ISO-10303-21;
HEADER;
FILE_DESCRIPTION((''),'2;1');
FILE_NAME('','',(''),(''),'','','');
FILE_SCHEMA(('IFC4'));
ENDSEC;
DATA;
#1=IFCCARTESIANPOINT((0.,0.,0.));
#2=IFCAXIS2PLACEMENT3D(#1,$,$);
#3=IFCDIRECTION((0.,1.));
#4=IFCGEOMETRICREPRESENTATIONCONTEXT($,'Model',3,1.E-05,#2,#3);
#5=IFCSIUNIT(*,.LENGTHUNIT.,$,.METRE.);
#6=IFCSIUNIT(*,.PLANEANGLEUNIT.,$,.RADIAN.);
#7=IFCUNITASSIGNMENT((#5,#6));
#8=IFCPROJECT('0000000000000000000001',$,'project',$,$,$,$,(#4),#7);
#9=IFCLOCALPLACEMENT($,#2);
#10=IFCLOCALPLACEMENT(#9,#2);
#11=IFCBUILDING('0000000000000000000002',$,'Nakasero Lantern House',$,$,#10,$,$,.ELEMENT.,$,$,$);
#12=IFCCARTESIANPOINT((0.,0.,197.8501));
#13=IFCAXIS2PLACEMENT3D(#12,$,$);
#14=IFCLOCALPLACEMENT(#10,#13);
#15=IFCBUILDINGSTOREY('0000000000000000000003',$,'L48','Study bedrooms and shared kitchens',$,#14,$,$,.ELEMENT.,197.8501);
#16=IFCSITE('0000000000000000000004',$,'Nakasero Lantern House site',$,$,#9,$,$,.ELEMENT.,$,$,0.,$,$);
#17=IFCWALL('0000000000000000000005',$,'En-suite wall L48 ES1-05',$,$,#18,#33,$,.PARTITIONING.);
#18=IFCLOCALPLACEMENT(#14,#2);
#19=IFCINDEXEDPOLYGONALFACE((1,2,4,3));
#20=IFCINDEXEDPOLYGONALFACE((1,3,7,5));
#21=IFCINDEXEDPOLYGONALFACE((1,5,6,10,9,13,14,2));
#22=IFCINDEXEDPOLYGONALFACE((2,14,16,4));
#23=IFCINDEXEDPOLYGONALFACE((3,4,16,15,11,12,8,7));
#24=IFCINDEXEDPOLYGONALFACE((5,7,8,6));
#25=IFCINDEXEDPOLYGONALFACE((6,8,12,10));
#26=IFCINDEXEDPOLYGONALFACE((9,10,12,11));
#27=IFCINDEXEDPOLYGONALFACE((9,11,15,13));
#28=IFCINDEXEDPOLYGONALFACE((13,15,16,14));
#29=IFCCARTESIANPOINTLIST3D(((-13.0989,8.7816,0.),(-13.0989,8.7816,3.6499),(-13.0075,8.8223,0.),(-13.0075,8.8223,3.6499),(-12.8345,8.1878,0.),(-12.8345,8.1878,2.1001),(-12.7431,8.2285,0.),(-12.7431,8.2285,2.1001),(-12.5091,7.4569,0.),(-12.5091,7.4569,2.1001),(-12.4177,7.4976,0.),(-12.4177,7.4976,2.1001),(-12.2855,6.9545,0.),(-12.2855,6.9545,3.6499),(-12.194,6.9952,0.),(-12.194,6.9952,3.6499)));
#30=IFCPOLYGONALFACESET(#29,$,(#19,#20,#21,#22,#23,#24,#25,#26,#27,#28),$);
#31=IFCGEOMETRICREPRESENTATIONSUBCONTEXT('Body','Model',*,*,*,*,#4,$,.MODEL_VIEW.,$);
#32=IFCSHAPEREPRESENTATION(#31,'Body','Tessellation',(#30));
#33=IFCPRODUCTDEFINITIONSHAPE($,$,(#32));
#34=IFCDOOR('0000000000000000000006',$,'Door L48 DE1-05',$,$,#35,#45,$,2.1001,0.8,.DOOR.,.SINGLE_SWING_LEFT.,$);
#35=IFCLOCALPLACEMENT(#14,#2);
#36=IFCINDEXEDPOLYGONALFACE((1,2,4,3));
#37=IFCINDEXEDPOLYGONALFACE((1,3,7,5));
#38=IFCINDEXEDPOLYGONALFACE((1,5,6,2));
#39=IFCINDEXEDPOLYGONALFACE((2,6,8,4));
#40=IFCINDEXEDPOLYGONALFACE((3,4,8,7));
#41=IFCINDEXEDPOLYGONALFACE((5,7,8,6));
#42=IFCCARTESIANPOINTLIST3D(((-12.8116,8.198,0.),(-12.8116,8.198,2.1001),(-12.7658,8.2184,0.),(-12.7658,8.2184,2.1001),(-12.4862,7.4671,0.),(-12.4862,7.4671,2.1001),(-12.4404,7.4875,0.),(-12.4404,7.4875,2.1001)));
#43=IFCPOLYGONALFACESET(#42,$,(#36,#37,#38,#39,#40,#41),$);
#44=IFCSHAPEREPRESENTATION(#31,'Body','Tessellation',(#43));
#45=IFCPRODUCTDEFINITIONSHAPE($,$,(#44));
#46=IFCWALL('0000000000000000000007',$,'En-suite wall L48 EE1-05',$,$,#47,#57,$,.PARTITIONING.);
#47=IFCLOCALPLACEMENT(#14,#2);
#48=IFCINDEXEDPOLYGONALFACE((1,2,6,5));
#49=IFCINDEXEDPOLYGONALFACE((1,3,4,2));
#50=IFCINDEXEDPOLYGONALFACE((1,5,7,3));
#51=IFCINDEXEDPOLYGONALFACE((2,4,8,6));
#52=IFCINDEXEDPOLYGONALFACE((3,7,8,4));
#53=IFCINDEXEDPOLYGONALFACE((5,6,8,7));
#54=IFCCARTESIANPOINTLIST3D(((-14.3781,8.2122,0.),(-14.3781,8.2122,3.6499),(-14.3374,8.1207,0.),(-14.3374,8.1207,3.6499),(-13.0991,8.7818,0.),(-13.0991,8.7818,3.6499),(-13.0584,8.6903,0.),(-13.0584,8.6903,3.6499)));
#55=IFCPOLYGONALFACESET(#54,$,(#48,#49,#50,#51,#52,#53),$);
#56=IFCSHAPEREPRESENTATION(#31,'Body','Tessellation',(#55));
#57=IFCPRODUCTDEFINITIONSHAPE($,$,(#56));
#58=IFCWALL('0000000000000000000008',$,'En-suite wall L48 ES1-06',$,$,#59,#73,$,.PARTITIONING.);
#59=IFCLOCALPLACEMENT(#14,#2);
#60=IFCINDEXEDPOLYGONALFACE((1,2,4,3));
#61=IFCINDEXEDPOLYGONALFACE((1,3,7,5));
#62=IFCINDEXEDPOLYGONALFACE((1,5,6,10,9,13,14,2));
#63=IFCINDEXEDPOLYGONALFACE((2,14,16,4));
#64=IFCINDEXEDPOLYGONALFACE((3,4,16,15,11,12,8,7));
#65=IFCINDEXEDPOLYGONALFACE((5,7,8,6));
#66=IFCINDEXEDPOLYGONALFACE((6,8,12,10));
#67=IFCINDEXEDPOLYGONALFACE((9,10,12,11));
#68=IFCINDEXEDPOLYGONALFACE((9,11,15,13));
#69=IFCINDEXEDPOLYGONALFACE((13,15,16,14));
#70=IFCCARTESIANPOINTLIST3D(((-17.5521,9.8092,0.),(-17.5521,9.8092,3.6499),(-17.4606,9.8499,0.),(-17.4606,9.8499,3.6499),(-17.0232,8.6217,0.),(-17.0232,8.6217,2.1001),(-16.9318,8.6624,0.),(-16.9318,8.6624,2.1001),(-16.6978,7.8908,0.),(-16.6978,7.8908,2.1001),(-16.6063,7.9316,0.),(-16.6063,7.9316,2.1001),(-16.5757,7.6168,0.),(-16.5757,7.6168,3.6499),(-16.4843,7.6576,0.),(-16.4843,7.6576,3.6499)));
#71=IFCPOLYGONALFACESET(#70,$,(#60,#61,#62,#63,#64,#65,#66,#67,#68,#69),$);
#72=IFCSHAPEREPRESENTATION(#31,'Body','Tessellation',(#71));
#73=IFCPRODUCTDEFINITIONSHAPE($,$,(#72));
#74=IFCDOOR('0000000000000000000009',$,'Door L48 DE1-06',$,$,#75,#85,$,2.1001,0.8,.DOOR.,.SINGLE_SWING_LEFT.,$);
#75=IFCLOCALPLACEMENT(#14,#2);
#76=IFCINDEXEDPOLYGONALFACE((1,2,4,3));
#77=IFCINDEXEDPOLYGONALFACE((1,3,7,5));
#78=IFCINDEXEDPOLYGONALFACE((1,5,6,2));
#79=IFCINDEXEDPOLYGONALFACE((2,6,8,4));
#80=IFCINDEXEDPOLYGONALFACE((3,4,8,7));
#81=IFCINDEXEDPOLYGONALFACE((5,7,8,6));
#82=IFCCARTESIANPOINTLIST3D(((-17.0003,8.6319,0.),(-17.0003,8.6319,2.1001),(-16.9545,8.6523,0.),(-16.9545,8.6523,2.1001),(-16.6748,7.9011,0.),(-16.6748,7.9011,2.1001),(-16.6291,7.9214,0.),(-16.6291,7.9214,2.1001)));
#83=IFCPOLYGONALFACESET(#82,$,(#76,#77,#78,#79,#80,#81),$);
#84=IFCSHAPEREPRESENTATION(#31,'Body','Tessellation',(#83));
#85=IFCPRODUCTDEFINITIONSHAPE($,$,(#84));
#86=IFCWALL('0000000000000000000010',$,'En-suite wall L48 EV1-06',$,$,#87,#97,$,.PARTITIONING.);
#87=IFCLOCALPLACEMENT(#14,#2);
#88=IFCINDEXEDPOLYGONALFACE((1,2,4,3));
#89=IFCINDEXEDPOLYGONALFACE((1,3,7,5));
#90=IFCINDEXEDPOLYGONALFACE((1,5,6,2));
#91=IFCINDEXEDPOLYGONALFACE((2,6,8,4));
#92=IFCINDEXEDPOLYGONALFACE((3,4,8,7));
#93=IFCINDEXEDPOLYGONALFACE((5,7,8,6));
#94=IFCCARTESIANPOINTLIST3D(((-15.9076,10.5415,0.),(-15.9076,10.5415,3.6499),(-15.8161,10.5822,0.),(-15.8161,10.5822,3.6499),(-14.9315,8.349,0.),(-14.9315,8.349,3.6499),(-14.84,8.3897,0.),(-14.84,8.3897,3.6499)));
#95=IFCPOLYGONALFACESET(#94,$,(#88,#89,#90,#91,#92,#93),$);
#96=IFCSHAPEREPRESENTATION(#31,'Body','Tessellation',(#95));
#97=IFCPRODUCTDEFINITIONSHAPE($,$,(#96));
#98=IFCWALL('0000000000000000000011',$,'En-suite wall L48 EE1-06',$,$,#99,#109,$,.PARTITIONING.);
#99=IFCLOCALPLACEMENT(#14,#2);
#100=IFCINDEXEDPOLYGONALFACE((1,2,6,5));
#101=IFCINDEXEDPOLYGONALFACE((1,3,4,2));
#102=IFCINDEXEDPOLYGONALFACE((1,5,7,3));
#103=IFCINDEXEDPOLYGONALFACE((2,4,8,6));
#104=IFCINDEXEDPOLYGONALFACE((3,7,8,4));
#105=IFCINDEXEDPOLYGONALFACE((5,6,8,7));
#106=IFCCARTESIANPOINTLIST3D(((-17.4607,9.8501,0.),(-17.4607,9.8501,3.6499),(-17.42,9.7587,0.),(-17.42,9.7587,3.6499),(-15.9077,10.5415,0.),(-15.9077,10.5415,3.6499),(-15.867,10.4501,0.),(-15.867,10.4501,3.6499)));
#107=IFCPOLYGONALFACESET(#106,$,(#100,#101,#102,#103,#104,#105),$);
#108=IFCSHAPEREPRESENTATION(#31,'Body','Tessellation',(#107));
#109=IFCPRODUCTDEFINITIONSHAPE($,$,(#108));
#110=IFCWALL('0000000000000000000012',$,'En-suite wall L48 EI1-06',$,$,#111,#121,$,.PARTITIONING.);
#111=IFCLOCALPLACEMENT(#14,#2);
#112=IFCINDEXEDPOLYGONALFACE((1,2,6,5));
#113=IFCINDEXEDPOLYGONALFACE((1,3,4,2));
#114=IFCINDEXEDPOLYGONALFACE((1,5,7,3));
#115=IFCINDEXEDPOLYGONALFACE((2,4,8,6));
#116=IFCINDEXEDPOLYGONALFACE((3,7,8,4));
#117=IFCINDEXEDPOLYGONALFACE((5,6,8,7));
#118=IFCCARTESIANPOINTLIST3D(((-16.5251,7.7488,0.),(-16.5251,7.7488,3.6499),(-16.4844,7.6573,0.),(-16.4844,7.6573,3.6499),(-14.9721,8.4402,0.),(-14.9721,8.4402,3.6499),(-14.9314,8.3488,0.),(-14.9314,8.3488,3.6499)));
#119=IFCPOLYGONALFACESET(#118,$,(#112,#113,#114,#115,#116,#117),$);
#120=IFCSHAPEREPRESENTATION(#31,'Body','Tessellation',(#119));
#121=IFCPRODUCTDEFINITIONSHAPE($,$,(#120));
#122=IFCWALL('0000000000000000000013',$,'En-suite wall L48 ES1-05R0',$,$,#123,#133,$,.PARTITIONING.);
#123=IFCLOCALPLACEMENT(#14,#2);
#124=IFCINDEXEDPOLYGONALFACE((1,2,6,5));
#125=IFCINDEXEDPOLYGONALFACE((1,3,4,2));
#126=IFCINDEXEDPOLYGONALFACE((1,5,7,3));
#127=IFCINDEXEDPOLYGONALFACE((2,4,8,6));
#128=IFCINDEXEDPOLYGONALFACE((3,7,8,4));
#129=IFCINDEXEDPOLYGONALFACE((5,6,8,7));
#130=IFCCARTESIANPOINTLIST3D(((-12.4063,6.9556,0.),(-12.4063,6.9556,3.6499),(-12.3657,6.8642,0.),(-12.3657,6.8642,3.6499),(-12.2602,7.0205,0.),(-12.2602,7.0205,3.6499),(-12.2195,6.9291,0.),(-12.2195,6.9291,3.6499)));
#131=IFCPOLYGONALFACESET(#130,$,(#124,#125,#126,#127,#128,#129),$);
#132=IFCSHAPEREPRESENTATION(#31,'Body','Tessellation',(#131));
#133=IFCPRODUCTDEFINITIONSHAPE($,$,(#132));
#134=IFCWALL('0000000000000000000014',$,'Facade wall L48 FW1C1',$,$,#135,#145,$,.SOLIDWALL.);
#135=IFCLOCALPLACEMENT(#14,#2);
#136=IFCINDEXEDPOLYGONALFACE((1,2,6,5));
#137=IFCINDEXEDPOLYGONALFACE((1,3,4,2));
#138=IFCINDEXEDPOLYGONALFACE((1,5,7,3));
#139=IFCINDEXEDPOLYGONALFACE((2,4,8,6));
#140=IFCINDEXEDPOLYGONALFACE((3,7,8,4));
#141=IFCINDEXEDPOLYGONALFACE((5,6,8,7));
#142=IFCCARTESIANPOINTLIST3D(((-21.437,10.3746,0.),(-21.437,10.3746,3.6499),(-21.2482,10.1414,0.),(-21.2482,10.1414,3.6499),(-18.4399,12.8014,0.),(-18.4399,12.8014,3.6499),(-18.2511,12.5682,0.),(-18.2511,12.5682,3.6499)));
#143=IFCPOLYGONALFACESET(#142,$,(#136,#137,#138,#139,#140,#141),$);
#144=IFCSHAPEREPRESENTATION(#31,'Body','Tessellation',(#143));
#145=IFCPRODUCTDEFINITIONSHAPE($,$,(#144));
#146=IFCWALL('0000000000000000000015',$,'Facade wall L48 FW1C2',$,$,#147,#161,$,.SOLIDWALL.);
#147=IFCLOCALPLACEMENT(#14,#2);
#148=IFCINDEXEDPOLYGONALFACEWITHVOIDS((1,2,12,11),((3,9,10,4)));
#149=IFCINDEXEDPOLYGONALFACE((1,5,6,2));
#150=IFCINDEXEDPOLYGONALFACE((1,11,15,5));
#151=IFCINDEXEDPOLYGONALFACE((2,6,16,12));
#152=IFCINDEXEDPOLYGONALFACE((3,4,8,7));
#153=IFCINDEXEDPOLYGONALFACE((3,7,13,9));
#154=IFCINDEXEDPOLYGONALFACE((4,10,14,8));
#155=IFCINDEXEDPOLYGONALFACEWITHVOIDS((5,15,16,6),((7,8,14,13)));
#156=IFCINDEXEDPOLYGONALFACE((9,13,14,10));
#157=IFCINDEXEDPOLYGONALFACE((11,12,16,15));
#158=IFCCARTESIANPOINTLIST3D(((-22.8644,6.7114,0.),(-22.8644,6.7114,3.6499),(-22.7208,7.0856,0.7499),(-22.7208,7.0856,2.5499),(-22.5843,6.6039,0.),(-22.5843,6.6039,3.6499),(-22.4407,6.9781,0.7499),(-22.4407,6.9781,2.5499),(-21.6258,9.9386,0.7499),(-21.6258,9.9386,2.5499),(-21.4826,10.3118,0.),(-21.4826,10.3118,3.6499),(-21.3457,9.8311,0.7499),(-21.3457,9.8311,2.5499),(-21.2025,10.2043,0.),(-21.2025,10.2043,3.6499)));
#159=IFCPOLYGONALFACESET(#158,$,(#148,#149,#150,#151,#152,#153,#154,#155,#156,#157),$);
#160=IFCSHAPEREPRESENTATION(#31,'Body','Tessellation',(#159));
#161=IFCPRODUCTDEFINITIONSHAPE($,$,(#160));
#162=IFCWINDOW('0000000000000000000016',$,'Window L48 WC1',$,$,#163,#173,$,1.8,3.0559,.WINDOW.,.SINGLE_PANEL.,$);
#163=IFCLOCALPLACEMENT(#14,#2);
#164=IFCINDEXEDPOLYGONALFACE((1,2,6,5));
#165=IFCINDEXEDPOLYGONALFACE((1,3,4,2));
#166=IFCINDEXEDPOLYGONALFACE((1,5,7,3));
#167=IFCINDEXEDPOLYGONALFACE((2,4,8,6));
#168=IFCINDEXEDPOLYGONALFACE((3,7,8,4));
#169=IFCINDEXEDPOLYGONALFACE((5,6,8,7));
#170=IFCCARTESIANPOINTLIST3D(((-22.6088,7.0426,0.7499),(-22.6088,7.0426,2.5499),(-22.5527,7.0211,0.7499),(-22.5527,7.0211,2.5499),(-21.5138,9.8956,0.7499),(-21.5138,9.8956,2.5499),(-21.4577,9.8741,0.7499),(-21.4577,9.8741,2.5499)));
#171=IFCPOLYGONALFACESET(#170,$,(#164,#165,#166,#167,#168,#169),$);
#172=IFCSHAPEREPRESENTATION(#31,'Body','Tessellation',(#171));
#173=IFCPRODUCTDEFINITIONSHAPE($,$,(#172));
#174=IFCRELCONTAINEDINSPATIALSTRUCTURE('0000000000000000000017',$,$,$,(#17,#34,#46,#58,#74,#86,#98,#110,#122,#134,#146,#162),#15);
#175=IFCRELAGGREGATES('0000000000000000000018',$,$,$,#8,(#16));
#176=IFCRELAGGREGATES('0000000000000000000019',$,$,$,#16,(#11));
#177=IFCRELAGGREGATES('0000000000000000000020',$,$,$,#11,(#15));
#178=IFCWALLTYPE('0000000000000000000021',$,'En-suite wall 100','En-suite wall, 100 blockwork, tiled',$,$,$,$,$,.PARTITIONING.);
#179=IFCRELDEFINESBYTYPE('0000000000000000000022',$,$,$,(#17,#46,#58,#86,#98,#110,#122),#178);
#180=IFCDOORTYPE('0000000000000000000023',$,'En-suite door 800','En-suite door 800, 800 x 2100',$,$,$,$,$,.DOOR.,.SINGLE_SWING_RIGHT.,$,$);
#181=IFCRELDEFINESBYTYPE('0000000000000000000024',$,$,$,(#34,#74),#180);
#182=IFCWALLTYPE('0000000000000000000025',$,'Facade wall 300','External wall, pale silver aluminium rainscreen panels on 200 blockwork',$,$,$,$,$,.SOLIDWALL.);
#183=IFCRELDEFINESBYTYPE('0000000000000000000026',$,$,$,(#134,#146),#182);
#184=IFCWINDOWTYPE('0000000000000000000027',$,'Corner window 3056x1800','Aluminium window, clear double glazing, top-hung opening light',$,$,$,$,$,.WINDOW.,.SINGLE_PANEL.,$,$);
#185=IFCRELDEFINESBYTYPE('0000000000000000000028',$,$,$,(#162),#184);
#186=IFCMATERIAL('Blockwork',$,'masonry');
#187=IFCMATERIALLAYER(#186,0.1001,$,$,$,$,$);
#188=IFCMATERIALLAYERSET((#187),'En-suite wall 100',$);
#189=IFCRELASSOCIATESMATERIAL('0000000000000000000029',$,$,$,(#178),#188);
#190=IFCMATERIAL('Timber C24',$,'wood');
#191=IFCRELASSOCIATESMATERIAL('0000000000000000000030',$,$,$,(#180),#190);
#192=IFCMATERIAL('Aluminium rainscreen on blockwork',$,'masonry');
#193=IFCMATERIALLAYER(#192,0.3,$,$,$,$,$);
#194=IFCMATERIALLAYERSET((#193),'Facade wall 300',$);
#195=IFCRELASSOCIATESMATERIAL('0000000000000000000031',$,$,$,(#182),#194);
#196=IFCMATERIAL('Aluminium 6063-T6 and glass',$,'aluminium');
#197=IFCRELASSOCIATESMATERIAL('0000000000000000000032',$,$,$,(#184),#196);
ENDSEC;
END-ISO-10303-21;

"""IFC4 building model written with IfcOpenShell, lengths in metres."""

from ifc_helpers import new_model, si_unit, direction, frame, frame_2d, origin, place, context, subcontext, project, spatial, rectangle, extrude, material, layer, layer_set, type_object, element, fill, save


model = new_model("IFC4")

# Units and contexts
model_context = context("Model", 3, precision=1e-05, world=origin(), true_north=direction((0.0, 1.0)))
body_context = subcontext(model_context, "Body", "Model", "MODEL_VIEW")
ifc_project = project(units=[si_unit("LENGTHUNIT", "METRE"), si_unit("PLANEANGLEUNIT", "RADIAN")], contexts=[model_context])

# Site, building, storey
site_placement = place(None, origin())
site = spatial("IfcSite", under=ifc_project, at=site_placement, Name="Nakasero Lantern House site", CompositionType="ELEMENT", RefElevation=0.0)
building_placement = place(site_placement, origin())
building = spatial("IfcBuilding", under=site, at=building_placement, Name="Nakasero Lantern House", CompositionType="ELEMENT")
storey_placement = place(building_placement, frame((0.0, 0.0, 197.8501)))
storey = spatial("IfcBuildingStorey", under=building, at=storey_placement, Name="L48", Description="Study bedrooms and shared kitchens", CompositionType="ELEMENT", Elevation=197.8501)

# Wall, opening, door
ifc_material_1 = material(Name="Blockwork", Category="masonry")
ifc_layer_1 = layer(ifc_material_1, 0.1001)
ifc_layer_set_1 = layer_set([ifc_layer_1], Name="En-suite wall 100")
wall_type_1 = type_object("IfcWallType", Name="En-suite wall 100", Description="En-suite wall, 100 blockwork, tiled", PredefinedType="PARTITIONING", material=ifc_layer_set_1)
wall_1_placement = place(storey_placement, frame((-12.2397, 6.9749, 0.0), z_axis=(0.0, 0.0, 1.0), x_axis=(-0.406727, 0.91355, 0.0)))
wall_1 = element("IfcWall", 1, at=wall_1_placement, inside=storey, type_object=wall_type_1, Name="En-suite wall L48 ES1-05", PredefinedType="PARTITIONING", context=body_context, shape_type="SweptSolid", body=[
    extrude(rectangle(XDim=2.0, YDim=0.1001, at=frame_2d((1.0, 0.0))), origin(), (0.0, 0.0, 1.0), 3.6499),
])
opening_1_placement = place(wall_1_placement, frame((0.55, 0.0, 0.0)))
opening_1 = element("IfcOpeningElement", 2, at=opening_1_placement, cuts=wall_1, PredefinedType="OPENING", context=body_context, shape_type="SweptSolid", body=[
    extrude(rectangle(XDim=0.8, YDim=2.1001, at=frame_2d((0.3999, 1.05))), frame((0.0, 0.0701, 0.0), z_axis=(0.0, -1.0, 0.0), x_axis=(1.0, 0.0, 0.0)), (0.0, 0.0, 1.0), 0.1401),
])
ifc_material_2 = material(Name="Timber C24", Category="wood")
door_type = type_object("IfcDoorType", Name="En-suite door 800", Description="En-suite door 800, 800 x 2100", OperationType="SINGLE_SWING_RIGHT", PredefinedType="DOOR", material=ifc_material_2)
door_1_placement = place(opening_1_placement, origin())
door_1 = element("IfcDoor", 3, at=door_1_placement, inside=storey, type_object=door_type, Name="Door L48 DE1-05", OperationType="SINGLE_SWING_LEFT", OverallHeight=2.1001, OverallWidth=0.8, PredefinedType="DOOR", context=body_context, shape_type="SweptSolid", body=[
    extrude(rectangle(XDim=0.8, YDim=2.1001, at=frame_2d((0.3999, 1.05))), frame((0.0, 0.0249, 0.0), z_axis=(0.0, -1.0, 0.0), x_axis=(1.0, 0.0, 0.0)), (0.0, 0.0, 1.0), 0.05),
])
fill(opening_1, door_1)

# Wall
wall_2_placement = place(storey_placement, frame((-13.0786, 8.7361, 0.0), z_axis=(0.0, 0.0, 1.0), x_axis=(-0.913516, -0.406802, 0.0)))
element("IfcWall", 4, at=wall_2_placement, inside=storey, type_object=wall_type_1, Name="En-suite wall L48 EE1-05", PredefinedType="PARTITIONING", context=body_context, shape_type="SweptSolid", body=[
    extrude(rectangle(XDim=1.4001, YDim=0.1001, at=frame_2d((0.7002, 0.0))), origin(), (0.0, 0.0, 1.0), 3.6499),
])

# Wall, opening, door
wall_3_placement = place(storey_placement, frame((-16.53, 7.6372, 0.0), z_axis=(0.0, 0.0, 1.0), x_axis=(-0.406809, 0.913513, 0.0)))
wall_3 = element("IfcWall", 5, at=wall_3_placement, inside=storey, type_object=wall_type_1, Name="En-suite wall L48 ES1-06", PredefinedType="PARTITIONING", context=body_context, shape_type="SweptSolid", body=[
    extrude(rectangle(XDim=2.3999, YDim=0.1001, at=frame_2d((1.2, 0.0))), origin(), (0.0, 0.0, 1.0), 3.6499),
])
opening_2_placement = place(wall_3_placement, frame((0.3, 0.0, 0.0)))
opening_2 = element("IfcOpeningElement", 6, at=opening_2_placement, cuts=wall_3, PredefinedType="OPENING", context=body_context, shape_type="SweptSolid", body=[
    extrude(rectangle(XDim=0.8, YDim=2.1001, at=frame_2d((0.3999, 1.05))), frame((0.0, 0.0701, 0.0), z_axis=(0.0, -1.0, 0.0), x_axis=(1.0, 0.0, 0.0)), (0.0, 0.0, 1.0), 0.1401),
])
door_2_placement = place(opening_2_placement, origin())
door_2 = element("IfcDoor", 7, at=door_2_placement, inside=storey, type_object=door_type, Name="Door L48 DE1-06", OperationType="SINGLE_SWING_LEFT", OverallHeight=2.1001, OverallWidth=0.8, PredefinedType="DOOR", context=body_context, shape_type="SweptSolid", body=[
    extrude(rectangle(XDim=0.8, YDim=2.1001, at=frame_2d((0.3999, 1.05))), frame((0.0, 0.0249, 0.0), z_axis=(0.0, -1.0, 0.0), x_axis=(1.0, 0.0, 0.0)), (0.0, 0.0, 1.0), 0.05),
])
fill(opening_2, door_2)

# Walls
wall_4_placement = place(storey_placement, frame((-14.8857, 8.3694, 0.0), z_axis=(0.0, 0.0, 1.0), x_axis=(-0.406724, 0.913551, 0.0)))
element("IfcWall", 8, at=wall_4_placement, inside=storey, type_object=wall_type_1, Name="En-suite wall L48 EV1-06", PredefinedType="PARTITIONING", context=body_context, shape_type="SweptSolid", body=[
    extrude(rectangle(XDim=2.3999, YDim=0.1001, at=frame_2d((1.2, 0.0))), origin(), (0.0, 0.0, 1.0), 3.6499),
])
for number, where, z_axis, x_axis, name in (
    (9, (-15.8872, 10.4958, 0.0), (0.0, 0.0, 1.0), (-0.913551, -0.406725, 0.0), "En-suite wall L48 EE1-06"),
    (10, (-14.9517, 8.3945, 0.0), (0.0, 0.0, 1.0), (-0.913551, -0.406725, 0.0), "En-suite wall L48 EI1-06"),
):
    element("IfcWall", number, at=place(storey_placement, frame(where, z_axis=z_axis, x_axis=x_axis)), inside=storey, type_object=wall_type_1, Name=name, PredefinedType="PARTITIONING", context=body_context, shape_type="SweptSolid", body=[
        extrude(rectangle(XDim=1.7, YDim=0.1001, at=frame_2d((0.8501, 0.0))), origin(), (0.0, 0.0, 1.0), 3.6499),
    ])
wall_5_placement = place(storey_placement, frame((-12.2397, 6.9749, 0.0), z_axis=(0.0, 0.0, 1.0), x_axis=(-0.913937, -0.405855, 0.0)))
element("IfcWall", 11, at=wall_5_placement, inside=storey, type_object=wall_type_1, Name="En-suite wall L48 ES1-05R0", PredefinedType="PARTITIONING", context=body_context, shape_type="SweptSolid", body=[
    extrude(rectangle(XDim=0.1599, YDim=0.1001, at=frame_2d((0.0801, 0.0))), origin(), (0.0, 0.0, 1.0), 3.6499),
])
ifc_material_3 = material(Name="Aluminium rainscreen on blockwork", Category="masonry")
ifc_layer_2 = layer(ifc_material_3, 0.3)
ifc_layer_set_2 = layer_set([ifc_layer_2], Name="Facade wall 300")
wall_type_2 = type_object("IfcWallType", Name="Facade wall 300", Description="External wall, pale silver aluminium rainscreen panels on 200 blockwork", PredefinedType="SOLIDWALL", material=ifc_layer_set_2)
wall_6_placement = place(storey_placement, frame((-18.3455, 12.6848, 0.0), z_axis=(0.0, 0.0, 1.0), x_axis=(-0.777174, -0.629286, 0.0)))
element("IfcWall", 12, at=wall_6_placement, inside=storey, type_object=wall_type_2, Name="Facade wall L48 FW1C1", PredefinedType="SOLIDWALL", context=body_context, shape_type="SweptSolid", body=[
    extrude(rectangle(XDim=3.8564, YDim=0.3, at=frame_2d((1.9282, 0.0))), origin(), (0.0, 0.0, 1.0), 3.6499),
])

# Wall, opening, window
wall_7_placement = place(storey_placement, frame((-21.3425, 10.2581, 0.0), z_axis=(0.0, 0.0, 1.0), x_axis=(-0.358321, -0.933598, 0.0)))
wall_7 = element("IfcWall", 13, at=wall_7_placement, inside=storey, type_object=wall_type_2, Name="Facade wall L48 FW1C2", PredefinedType="SOLIDWALL", context=body_context, shape_type="SweptSolid", body=[
    extrude(rectangle(XDim=3.8564, YDim=0.3, at=frame_2d((1.9282, 0.0))), origin(), (0.0, 0.0, 1.0), 3.6499),
])
opening_3_placement = place(wall_7_placement, frame((0.3999, 0.0, 0.75)))
opening_3 = element("IfcOpeningElement", 14, at=opening_3_placement, cuts=wall_7, PredefinedType="OPENING", context=body_context, shape_type="SweptSolid", body=[
    extrude(rectangle(XDim=3.0559, YDim=1.8, at=frame_2d((1.5278, 0.8999))), frame((0.0, 0.1699, 0.0), z_axis=(0.0, -1.0, 0.0), x_axis=(1.0, 0.0, 0.0)), (0.0, 0.0, 1.0), 0.3401),
])
ifc_material_4 = material(Name="Aluminium 6063-T6 and glass", Category="aluminium")
window_type = type_object("IfcWindowType", Name="Corner window 3056x1800", Description="Aluminium window, clear double glazing, top-hung opening light", PartitioningType="SINGLE_PANEL", PredefinedType="WINDOW", material=ifc_material_4)
window_placement = place(opening_3_placement, origin())
window = element("IfcWindow", 15, at=window_placement, inside=storey, type_object=window_type, Name="Window L48 WC1", OverallHeight=1.8, OverallWidth=3.0559, PartitioningType="SINGLE_PANEL", PredefinedType="WINDOW", context=body_context, shape_type="SweptSolid", body=[
    extrude(rectangle(XDim=3.0559, YDim=1.8, at=frame_2d((1.5278, 0.8999))), frame((0.0, 0.03, 0.0), z_axis=(0.0, -1.0, 0.0), x_axis=(1.0, 0.0, 0.0)), (0.0, 0.0, 1.0), 0.0601),
])
fill(opening_3, window)

save(model, "model.ifc")
